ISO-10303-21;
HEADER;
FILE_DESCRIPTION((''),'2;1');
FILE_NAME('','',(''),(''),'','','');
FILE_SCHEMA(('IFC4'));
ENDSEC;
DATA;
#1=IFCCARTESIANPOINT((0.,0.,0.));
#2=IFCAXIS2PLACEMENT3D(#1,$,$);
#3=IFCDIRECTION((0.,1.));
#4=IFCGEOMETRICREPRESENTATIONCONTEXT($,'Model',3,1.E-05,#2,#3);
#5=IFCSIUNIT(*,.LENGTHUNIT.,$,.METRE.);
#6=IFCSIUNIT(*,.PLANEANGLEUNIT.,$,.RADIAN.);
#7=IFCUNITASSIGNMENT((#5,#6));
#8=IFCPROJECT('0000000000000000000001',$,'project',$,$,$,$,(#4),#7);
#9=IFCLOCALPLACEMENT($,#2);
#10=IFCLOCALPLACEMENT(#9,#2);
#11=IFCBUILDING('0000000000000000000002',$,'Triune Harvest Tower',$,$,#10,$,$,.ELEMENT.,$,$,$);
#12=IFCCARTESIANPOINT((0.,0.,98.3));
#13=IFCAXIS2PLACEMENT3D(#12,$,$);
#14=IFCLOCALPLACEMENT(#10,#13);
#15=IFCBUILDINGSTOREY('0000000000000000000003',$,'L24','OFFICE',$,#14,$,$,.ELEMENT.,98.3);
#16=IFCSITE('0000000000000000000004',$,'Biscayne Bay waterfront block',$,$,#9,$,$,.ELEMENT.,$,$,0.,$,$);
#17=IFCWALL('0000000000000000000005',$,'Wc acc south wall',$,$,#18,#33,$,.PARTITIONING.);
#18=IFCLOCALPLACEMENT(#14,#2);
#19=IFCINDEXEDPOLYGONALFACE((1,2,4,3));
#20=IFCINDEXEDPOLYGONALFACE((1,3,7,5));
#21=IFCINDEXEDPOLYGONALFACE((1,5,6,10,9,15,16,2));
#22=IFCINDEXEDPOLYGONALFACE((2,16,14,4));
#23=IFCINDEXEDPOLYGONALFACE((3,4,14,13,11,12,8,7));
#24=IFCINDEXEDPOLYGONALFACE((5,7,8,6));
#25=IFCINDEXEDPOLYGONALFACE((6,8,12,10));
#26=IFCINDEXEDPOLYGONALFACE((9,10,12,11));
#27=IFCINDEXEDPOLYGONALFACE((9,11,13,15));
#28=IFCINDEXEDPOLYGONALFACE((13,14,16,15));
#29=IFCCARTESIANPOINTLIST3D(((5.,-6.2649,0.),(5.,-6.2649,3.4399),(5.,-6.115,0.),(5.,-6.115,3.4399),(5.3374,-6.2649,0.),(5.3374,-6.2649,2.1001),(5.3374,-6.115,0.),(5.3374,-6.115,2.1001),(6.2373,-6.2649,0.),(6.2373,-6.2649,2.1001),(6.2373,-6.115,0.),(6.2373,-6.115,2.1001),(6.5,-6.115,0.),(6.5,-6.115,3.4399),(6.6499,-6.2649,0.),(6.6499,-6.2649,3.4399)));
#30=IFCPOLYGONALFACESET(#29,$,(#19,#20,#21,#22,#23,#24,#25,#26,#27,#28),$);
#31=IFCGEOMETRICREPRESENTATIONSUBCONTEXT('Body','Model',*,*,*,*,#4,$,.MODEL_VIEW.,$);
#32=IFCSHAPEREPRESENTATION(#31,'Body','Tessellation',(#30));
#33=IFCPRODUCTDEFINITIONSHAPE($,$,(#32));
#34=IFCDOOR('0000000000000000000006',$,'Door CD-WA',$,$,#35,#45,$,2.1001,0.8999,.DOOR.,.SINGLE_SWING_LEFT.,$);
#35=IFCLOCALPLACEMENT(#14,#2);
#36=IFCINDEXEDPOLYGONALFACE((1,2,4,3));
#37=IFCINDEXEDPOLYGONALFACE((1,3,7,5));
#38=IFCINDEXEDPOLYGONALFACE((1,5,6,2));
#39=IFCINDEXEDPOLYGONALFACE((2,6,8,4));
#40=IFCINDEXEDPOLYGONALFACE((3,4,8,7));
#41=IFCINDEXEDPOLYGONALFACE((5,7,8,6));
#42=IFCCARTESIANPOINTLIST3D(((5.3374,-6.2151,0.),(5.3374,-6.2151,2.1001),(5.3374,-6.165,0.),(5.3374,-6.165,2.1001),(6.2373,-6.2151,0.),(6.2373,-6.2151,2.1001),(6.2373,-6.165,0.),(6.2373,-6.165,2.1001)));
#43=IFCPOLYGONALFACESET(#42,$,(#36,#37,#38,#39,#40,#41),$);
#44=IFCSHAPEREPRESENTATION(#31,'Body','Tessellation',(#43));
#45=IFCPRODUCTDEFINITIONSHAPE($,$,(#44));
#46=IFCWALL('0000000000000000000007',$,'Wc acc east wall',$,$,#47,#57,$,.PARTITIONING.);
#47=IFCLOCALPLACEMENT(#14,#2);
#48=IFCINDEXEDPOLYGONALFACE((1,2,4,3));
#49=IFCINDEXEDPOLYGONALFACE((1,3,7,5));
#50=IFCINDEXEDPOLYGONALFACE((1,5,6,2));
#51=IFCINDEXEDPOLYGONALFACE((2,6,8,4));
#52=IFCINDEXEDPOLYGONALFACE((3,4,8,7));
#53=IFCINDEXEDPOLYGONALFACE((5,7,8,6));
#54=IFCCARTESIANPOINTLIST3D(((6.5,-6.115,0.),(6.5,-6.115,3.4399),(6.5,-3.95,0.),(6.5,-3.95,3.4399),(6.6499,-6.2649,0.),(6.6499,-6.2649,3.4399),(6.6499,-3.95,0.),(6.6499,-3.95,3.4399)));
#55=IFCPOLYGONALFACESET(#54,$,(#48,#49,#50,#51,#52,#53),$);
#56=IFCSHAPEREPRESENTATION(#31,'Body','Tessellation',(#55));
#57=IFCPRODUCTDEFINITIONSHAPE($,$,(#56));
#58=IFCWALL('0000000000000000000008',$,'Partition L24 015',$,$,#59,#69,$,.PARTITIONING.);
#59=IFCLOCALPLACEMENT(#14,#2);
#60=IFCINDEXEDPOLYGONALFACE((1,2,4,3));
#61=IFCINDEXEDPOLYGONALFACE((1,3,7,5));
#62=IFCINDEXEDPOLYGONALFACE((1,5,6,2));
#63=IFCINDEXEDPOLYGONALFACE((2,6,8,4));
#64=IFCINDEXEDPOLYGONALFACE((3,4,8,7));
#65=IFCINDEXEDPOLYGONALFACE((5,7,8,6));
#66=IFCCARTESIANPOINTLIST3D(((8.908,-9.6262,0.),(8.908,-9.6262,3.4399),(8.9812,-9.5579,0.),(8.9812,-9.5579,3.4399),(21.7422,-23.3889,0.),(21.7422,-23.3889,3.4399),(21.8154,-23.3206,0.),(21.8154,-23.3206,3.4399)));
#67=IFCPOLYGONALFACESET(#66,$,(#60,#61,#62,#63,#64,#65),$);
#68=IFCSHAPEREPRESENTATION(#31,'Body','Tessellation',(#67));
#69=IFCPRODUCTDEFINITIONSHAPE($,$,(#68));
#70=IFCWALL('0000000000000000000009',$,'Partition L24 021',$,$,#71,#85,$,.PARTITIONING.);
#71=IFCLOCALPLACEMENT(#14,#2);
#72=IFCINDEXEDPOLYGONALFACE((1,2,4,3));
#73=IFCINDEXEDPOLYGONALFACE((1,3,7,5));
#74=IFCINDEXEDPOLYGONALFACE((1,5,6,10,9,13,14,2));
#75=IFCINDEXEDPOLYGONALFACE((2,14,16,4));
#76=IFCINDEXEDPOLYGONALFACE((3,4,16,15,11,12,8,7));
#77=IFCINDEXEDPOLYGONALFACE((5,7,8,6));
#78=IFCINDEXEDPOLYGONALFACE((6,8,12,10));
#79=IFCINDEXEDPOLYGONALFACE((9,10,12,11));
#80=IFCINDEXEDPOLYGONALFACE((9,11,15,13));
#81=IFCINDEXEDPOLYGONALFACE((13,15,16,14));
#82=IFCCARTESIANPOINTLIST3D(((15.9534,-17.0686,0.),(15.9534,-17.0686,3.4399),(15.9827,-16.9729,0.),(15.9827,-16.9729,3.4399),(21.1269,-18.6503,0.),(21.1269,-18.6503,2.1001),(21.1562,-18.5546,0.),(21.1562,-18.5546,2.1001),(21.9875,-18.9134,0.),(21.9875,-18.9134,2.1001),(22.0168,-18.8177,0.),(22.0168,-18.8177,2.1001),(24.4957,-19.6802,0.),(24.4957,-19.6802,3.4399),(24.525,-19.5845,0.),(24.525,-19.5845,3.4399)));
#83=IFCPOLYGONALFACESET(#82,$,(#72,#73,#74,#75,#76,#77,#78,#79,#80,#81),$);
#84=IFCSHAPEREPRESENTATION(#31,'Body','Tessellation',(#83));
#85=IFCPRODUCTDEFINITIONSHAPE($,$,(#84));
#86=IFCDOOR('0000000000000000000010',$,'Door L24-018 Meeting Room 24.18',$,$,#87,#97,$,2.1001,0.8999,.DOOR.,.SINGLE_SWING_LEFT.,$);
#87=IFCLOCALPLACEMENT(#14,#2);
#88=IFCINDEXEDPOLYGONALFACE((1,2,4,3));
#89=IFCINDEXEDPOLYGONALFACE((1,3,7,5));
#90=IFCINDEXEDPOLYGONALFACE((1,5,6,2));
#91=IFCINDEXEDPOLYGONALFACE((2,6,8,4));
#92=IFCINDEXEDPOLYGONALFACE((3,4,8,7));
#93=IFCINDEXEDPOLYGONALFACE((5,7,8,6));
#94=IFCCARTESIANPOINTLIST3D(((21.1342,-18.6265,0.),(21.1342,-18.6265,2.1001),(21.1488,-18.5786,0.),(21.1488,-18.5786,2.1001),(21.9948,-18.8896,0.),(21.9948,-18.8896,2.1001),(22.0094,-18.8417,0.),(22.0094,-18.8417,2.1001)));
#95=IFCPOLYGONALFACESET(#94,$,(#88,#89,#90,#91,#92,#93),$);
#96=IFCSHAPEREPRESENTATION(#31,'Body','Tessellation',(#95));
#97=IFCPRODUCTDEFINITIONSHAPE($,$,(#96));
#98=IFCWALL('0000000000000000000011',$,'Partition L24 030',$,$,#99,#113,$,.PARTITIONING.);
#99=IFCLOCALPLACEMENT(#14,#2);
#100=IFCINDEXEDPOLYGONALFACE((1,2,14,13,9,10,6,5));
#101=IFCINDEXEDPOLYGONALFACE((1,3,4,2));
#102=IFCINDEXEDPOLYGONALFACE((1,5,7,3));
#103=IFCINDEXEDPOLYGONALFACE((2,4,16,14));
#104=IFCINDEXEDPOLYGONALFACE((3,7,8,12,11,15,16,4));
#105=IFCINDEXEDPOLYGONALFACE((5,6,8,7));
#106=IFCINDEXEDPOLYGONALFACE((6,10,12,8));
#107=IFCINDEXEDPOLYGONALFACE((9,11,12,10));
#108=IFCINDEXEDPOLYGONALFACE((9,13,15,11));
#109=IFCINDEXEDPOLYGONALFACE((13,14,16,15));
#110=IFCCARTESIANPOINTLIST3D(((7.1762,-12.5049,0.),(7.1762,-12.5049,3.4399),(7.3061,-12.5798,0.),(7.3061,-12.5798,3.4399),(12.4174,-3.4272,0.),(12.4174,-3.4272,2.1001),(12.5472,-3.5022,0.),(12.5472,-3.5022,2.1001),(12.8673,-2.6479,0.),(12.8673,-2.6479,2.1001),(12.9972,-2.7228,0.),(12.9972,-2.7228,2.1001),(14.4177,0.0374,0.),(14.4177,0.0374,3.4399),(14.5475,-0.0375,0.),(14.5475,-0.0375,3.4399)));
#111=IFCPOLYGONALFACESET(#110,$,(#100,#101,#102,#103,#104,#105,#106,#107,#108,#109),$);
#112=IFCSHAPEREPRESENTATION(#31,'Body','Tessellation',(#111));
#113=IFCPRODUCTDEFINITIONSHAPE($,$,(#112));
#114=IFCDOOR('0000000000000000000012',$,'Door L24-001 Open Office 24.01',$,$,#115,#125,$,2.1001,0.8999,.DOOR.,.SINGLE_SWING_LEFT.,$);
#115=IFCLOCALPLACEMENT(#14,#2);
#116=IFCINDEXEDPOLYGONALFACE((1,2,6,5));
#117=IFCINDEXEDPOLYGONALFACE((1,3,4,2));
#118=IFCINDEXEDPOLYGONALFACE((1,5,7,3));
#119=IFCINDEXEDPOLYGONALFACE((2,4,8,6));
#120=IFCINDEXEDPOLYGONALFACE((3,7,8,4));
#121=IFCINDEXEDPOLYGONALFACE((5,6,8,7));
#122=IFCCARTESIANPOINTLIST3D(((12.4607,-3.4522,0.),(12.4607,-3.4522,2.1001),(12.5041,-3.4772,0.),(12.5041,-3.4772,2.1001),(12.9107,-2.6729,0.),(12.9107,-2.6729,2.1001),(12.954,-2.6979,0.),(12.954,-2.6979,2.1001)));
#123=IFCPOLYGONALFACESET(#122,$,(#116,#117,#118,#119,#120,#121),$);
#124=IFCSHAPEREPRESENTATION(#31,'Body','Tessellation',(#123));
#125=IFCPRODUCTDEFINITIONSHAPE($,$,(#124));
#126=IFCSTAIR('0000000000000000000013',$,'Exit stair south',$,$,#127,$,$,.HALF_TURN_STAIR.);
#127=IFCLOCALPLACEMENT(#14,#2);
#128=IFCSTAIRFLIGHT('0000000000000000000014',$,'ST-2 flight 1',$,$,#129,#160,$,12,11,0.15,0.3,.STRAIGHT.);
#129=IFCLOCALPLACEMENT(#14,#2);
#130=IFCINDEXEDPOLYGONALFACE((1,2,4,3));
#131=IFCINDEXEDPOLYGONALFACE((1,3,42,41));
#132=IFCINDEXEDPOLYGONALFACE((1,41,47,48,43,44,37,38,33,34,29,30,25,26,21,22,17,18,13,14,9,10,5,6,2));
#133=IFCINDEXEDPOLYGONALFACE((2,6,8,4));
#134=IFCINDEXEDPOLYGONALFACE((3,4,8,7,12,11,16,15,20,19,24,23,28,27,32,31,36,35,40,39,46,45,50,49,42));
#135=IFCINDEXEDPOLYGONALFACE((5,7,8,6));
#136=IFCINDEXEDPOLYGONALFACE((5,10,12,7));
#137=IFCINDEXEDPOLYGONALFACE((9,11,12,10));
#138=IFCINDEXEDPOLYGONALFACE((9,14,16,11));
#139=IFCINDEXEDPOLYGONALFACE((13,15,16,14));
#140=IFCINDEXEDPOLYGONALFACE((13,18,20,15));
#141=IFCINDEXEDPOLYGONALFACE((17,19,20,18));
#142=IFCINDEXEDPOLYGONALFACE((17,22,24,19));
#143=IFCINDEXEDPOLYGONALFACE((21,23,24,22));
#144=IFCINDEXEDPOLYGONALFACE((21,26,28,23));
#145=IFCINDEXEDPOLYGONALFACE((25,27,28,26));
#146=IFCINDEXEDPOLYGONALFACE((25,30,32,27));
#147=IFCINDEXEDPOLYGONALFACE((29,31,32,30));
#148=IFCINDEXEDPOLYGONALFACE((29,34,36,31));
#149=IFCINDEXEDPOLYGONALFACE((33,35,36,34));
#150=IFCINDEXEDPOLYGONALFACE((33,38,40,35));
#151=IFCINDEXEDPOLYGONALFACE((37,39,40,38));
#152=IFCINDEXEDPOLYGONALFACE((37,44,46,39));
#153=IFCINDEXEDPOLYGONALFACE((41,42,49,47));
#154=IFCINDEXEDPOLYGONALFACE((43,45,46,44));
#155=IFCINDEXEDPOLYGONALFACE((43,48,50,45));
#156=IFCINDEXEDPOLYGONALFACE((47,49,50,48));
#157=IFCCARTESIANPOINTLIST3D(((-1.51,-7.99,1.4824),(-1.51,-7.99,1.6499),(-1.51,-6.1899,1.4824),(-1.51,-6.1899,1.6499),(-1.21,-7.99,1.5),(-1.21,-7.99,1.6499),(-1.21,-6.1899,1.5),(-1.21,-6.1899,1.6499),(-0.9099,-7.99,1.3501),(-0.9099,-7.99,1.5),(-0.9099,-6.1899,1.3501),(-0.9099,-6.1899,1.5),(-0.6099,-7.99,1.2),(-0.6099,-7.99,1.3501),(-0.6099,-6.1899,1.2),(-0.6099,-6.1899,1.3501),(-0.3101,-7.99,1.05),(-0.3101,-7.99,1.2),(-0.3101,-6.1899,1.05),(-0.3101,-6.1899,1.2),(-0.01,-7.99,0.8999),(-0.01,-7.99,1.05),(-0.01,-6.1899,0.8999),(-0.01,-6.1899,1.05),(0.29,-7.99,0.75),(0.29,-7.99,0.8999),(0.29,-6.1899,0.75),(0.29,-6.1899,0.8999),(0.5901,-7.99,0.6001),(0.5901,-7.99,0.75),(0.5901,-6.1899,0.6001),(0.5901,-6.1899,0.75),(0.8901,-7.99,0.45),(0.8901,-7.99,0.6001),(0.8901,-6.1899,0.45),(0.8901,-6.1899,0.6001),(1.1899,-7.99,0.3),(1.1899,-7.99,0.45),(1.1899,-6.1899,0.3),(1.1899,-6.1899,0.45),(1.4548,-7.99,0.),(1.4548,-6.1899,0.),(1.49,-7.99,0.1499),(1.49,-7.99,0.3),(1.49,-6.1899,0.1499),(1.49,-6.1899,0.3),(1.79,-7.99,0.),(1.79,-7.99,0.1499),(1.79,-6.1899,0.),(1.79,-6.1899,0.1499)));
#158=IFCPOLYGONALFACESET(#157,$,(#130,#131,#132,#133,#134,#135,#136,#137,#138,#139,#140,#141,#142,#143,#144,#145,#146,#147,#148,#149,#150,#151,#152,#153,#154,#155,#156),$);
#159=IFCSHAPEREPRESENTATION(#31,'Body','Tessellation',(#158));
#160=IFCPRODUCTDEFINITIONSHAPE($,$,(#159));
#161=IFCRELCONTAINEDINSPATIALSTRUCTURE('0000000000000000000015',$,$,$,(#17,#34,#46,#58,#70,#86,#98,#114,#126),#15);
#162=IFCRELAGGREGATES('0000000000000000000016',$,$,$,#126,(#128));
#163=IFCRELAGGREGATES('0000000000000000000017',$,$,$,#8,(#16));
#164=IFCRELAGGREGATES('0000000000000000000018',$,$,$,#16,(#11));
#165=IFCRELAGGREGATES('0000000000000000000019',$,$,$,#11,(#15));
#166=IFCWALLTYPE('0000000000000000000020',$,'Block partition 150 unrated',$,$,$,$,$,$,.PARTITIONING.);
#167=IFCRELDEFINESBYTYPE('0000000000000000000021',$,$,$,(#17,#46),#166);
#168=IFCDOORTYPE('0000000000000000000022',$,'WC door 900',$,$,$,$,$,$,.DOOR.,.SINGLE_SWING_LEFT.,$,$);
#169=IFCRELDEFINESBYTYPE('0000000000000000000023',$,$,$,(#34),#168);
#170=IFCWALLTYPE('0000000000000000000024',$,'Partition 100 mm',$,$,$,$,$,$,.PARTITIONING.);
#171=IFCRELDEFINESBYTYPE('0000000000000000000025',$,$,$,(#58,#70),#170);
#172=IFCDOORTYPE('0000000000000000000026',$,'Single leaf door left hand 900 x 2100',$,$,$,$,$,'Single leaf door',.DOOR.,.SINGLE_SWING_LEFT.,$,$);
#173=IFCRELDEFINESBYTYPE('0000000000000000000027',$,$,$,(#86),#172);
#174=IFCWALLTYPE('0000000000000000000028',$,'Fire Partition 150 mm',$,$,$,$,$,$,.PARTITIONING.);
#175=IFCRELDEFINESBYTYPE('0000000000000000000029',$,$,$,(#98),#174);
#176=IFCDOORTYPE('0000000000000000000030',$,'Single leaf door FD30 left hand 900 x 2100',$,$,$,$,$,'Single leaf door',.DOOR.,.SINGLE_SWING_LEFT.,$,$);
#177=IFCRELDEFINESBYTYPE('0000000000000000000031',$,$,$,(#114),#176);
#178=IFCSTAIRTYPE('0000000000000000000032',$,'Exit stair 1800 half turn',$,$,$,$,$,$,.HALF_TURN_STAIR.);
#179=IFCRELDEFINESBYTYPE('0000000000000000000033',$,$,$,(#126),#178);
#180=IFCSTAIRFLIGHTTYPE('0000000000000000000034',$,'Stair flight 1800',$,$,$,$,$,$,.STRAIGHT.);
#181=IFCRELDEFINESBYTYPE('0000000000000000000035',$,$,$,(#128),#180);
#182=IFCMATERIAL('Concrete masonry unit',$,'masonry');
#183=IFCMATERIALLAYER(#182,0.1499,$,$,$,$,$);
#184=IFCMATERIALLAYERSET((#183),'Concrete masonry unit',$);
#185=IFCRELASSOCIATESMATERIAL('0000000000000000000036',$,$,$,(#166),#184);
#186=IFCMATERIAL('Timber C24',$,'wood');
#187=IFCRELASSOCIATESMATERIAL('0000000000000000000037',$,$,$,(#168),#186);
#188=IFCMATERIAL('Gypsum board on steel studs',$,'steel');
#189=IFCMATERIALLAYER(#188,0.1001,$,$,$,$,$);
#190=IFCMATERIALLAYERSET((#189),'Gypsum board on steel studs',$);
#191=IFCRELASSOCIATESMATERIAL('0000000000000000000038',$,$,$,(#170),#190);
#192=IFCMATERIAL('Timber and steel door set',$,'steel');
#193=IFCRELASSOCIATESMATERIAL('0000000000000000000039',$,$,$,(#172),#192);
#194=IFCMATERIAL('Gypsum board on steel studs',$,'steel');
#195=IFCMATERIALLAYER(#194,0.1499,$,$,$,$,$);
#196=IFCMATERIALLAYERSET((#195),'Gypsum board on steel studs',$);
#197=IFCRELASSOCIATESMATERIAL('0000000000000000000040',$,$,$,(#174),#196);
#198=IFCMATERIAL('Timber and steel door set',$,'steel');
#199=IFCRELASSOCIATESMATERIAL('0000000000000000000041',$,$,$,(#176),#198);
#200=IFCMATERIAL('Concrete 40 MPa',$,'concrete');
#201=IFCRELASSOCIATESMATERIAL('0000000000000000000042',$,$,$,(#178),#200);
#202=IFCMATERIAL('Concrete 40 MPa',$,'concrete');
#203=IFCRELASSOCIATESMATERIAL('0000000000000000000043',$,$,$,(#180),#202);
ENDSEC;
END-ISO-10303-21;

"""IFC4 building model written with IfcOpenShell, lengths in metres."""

from ifc_helpers import new_model, si_unit, direction, frame, frame_2d, origin, place, context, subcontext, project, spatial, polyline, rectangle, outline, extrude, source, transform, mapped, material, layer, layer_set, type_object, element, fill, aggregate, save


model = new_model("IFC4")

# Units and contexts
model_context = context("Model", 3, precision=1e-05, world=origin(), true_north=direction((0.0, 1.0)))
body_context = subcontext(model_context, "Body", "Model", "MODEL_VIEW")
ifc_project = project(units=[si_unit("LENGTHUNIT", "METRE"), si_unit("PLANEANGLEUNIT", "RADIAN")], contexts=[model_context])

# Site, building, storey
site_placement = place(None, origin())
site = spatial("IfcSite", under=ifc_project, at=site_placement, Name="Biscayne Bay waterfront block", CompositionType="ELEMENT", RefElevation=0.0)
building_placement = place(site_placement, origin())
building = spatial("IfcBuilding", under=site, at=building_placement, Name="Triune Harvest Tower", CompositionType="ELEMENT")
storey_placement = place(building_placement, frame((0.0, 0.0, 98.3)))
storey = spatial("IfcBuildingStorey", under=building, at=storey_placement, Name="L24", Description="OFFICE", CompositionType="ELEMENT", Elevation=98.3)

# Wall, opening, door
ifc_material_1 = material(Name="Concrete masonry unit", Category="masonry")
ifc_layer_1 = layer(ifc_material_1, 0.1499)
ifc_layer_set_1 = layer_set([ifc_layer_1], Name="Concrete masonry unit")
wall_type_1 = type_object("IfcWallType", Name="Block partition 150 unrated", PredefinedType="PARTITIONING", material=ifc_layer_set_1)
shared_shape_1 = source(origin(), body_context, "Body", "SweptSolid", [
    extrude(outline(polyline([(0.0, -0.075), (1.6499, -0.075), (1.5, 0.075), (0.0, 0.075), (0.0, -0.075)])), origin(), (0.0, 0.0, 1.0), 3.4399),
])
wall_1_placement = place(storey_placement, frame((5.0, -6.1899, 0.0), z_axis=(0.0, 0.0, 1.0), x_axis=(1.0, 0.0, 0.0)))
wall_1 = element("IfcWall", 1, at=wall_1_placement, inside=storey, type_object=wall_type_1, Name="Wc acc south wall", PredefinedType="PARTITIONING", context=body_context, shape_type="MappedRepresentation", body=[
    mapped(shared_shape_1, transform((0.0, 0.0, 0.0), scale=1.0)),
])
opening_1_placement = place(wall_1_placement, frame((0.3374, 0.0, 0.0)))
opening_1 = element("IfcOpeningElement", 2, at=opening_1_placement, cuts=wall_1, PredefinedType="OPENING", context=body_context, shape_type="SweptSolid", body=[
    extrude(rectangle(XDim=0.8999, YDim=2.1001, at=frame_2d((0.45, 1.05))), frame((0.0, 0.085, 0.0), z_axis=(0.0, -1.0, 0.0), x_axis=(1.0, 0.0, 0.0)), (0.0, 0.0, 1.0), 0.1699),
])
ifc_material_2 = material(Name="Timber C24", Category="wood")
door_type_1 = type_object("IfcDoorType", Name="WC door 900", OperationType="SINGLE_SWING_LEFT", PredefinedType="DOOR", material=ifc_material_2)
door_1_placement = place(opening_1_placement, origin())
door_1 = element("IfcDoor", 3, at=door_1_placement, inside=storey, type_object=door_type_1, Name="Door CD-WA", OperationType="SINGLE_SWING_LEFT", OverallHeight=2.1001, OverallWidth=0.8999, PredefinedType="DOOR", context=body_context, shape_type="SweptSolid", body=[
    extrude(rectangle(XDim=0.8999, YDim=2.1001, at=frame_2d((0.45, 1.05))), frame((0.0, 0.0249, 0.0), z_axis=(0.0, -1.0, 0.0), x_axis=(1.0, 0.0, 0.0)), (0.0, 0.0, 1.0), 0.05),
])
fill(opening_1, door_1)

# Walls
shared_shape_2 = source(origin(), body_context, "Body", "SweptSolid", [
    extrude(outline(polyline([(-0.075, -0.075), (2.24, -0.075), (2.24, 0.075), (0.075, 0.075), (-0.075, -0.075)])), origin(), (0.0, 0.0, 1.0), 3.4399),
])
wall_2_placement = place(storey_placement, frame((6.575, -6.1899, 0.0), z_axis=(0.0, 0.0, 1.0), x_axis=(0.0, 1.0, 0.0)))
element("IfcWall", 4, at=wall_2_placement, inside=storey, type_object=wall_type_1, Name="Wc acc east wall", PredefinedType="PARTITIONING", context=body_context, shape_type="MappedRepresentation", body=[
    mapped(shared_shape_2, transform((0.0, 0.0, 0.0), scale=1.0)),
])
ifc_material_3 = material(Name="Gypsum board on steel studs", Category="steel")
ifc_layer_2 = layer(ifc_material_3, 0.1001)
ifc_layer_set_2 = layer_set([ifc_layer_2], Name="Gypsum board on steel studs")
wall_type_2 = type_object("IfcWallType", Name="Partition 100 mm", PredefinedType="PARTITIONING", material=ifc_layer_set_2)
shared_shape_3 = source(origin(), body_context, "Body", "SweptSolid", [
    extrude(rectangle(XDim=18.8184, YDim=0.1001, at=frame_2d((9.4092, 0.0))), origin(), (0.0, 0.0, 1.0), 3.4399),
])
wall_3_placement = place(storey_placement, frame((8.9446, -9.592, 0.0), z_axis=(0.0, 0.0, 1.0), x_axis=(0.682007, -0.731346, 0.0)))
element("IfcWall", 5, at=wall_3_placement, inside=storey, type_object=wall_type_2, Name="Partition L24 015", PredefinedType="PARTITIONING", context=body_context, shape_type="MappedRepresentation", body=[
    mapped(shared_shape_3, transform((0.0, 0.0, 0.0), scale=1.0)),
])

# Walls, openings, doors
shared_shape_4 = source(origin(), body_context, "Body", "SweptSolid", [
    extrude(rectangle(XDim=8.9326, YDim=0.1001, at=frame_2d((4.4663, 0.0))), origin(), (0.0, 0.0, 1.0), 3.4399),
])
wall_4_placement = place(storey_placement, frame((15.968, -17.0208, 0.0), z_axis=(0.0, 0.0, 1.0), x_axis=(0.956306, -0.292366, 0.0)))
wall_4 = element("IfcWall", 6, at=wall_4_placement, inside=storey, type_object=wall_type_2, Name="Partition L24 021", PredefinedType="PARTITIONING", context=body_context, shape_type="MappedRepresentation", body=[
    mapped(shared_shape_4, transform((0.0, 0.0, 0.0), scale=1.0)),
])
opening_2_placement = place(wall_4_placement, frame((5.4099, 0.0, 0.0)))
opening_2 = element("IfcOpeningElement", 7, at=opening_2_placement, cuts=wall_4, PredefinedType="OPENING", context=body_context, shape_type="SweptSolid", body=[
    extrude(rectangle(XDim=0.8999, YDim=2.1001, at=frame_2d((0.45, 1.05))), frame((0.0, 0.0601, 0.0), z_axis=(0.0, -1.0, 0.0), x_axis=(1.0, 0.0, 0.0)), (0.0, 0.0, 1.0), 0.1201),
])
ifc_material_4 = material(Name="Timber and steel door set", Category="steel")
door_type_2 = type_object("IfcDoorType", Name="Single leaf door left hand 900 x 2100", ElementType="Single leaf door", OperationType="SINGLE_SWING_LEFT", PredefinedType="DOOR", material=ifc_material_4)
door_2_placement = place(opening_2_placement, origin())
door_2 = element("IfcDoor", 8, at=door_2_placement, inside=storey, type_object=door_type_2, Name="Door L24-018 Meeting Room 24.18", OperationType="SINGLE_SWING_LEFT", OverallHeight=2.1001, OverallWidth=0.8999, PredefinedType="DOOR", context=body_context, shape_type="SweptSolid", body=[
    extrude(rectangle(XDim=0.8999, YDim=2.1001, at=frame_2d((0.45, 1.05))), frame((0.0, 0.0249, 0.0), z_axis=(0.0, -1.0, 0.0), x_axis=(1.0, 0.0, 0.0)), (0.0, 0.0, 1.0), 0.05),
])
fill(opening_2, door_2)
ifc_material_5 = material(Name="Gypsum board on steel studs", Category="steel")
ifc_layer_3 = layer(ifc_material_5, 0.1499)
ifc_layer_set_3 = layer_set([ifc_layer_3], Name="Gypsum board on steel studs")
wall_type_3 = type_object("IfcWallType", Name="Fire Partition 150 mm", PredefinedType="PARTITIONING", material=ifc_layer_set_3)
shared_shape_5 = source(origin(), body_context, "Body", "SweptSolid", [
    extrude(rectangle(XDim=14.4827, YDim=0.1499, at=frame_2d((7.2412, 0.0))), origin(), (0.0, 0.0, 1.0), 3.4399),
])
wall_5_placement = place(storey_placement, frame((7.2412, -12.5422, 0.0), z_axis=(0.0, 0.0, 1.0), x_axis=(0.50001, 0.86602, 0.0)))
wall_5 = element("IfcWall", 9, at=wall_5_placement, inside=storey, type_object=wall_type_3, Name="Partition L24 030", PredefinedType="PARTITIONING", context=body_context, shape_type="MappedRepresentation", body=[
    mapped(shared_shape_5, transform((0.0, 0.0, 0.0), scale=1.0)),
])
opening_3_placement = place(wall_5_placement, frame((10.4819, 0.0, 0.0)))
opening_3 = element("IfcOpeningElement", 10, at=opening_3_placement, cuts=wall_5, PredefinedType="OPENING", context=body_context, shape_type="SweptSolid", body=[
    extrude(rectangle(XDim=0.8999, YDim=2.1001, at=frame_2d((0.45, 1.05))), frame((0.0, 0.085, 0.0), z_axis=(0.0, -1.0, 0.0), x_axis=(1.0, 0.0, 0.0)), (0.0, 0.0, 1.0), 0.1699),
])
ifc_material_6 = material(Name="Timber and steel door set", Category="steel")
door_type_3 = type_object("IfcDoorType", Name="Single leaf door FD30 left hand 900 x 2100", ElementType="Single leaf door", OperationType="SINGLE_SWING_LEFT", PredefinedType="DOOR", material=ifc_material_6)
door_3_placement = place(opening_3_placement, origin())
door_3 = element("IfcDoor", 11, at=door_3_placement, inside=storey, type_object=door_type_3, Name="Door L24-001 Open Office 24.01", OperationType="SINGLE_SWING_LEFT", OverallHeight=2.1001, OverallWidth=0.8999, PredefinedType="DOOR", context=body_context, shape_type="SweptSolid", body=[
    extrude(rectangle(XDim=0.8999, YDim=2.1001, at=frame_2d((0.45, 1.05))), frame((0.0, 0.0249, 0.0), z_axis=(0.0, -1.0, 0.0), x_axis=(1.0, 0.0, 0.0)), (0.0, 0.0, 1.0), 0.05),
])
fill(opening_3, door_3)

# Stair, stair flight
ifc_material_7 = material(Name="Concrete 40 MPa", Category="concrete")
stair_type = type_object("IfcStairType", Name="Exit stair 1800 half turn", PredefinedType="HALF_TURN_STAIR", material=ifc_material_7)
stair_1_placement = place(storey_placement, origin())
stair_1 = element("IfcStair", 12, at=stair_1_placement, inside=storey, type_object=stair_type, Name="Exit stair south", PredefinedType="HALF_TURN_STAIR")
ifc_material_8 = material(Name="Concrete 40 MPa", Category="concrete")
stair_flight_type = type_object("IfcStairFlightType", Name="Stair flight 1800", PredefinedType="STRAIGHT", material=ifc_material_8)
shared_shape_6 = source(origin(), body_context, "Body", "SweptSolid", [
    extrude(outline(polyline([(0.0, 0.0), (0.0, 0.1499), (0.3, 0.1499), (0.3, 0.3), (0.6001, 0.3), (0.6001, 0.45), (0.8999, 0.45), (0.8999, 0.6001), (1.2, 0.6001), (1.2, 0.75), (1.5, 0.75), (1.5, 0.8999), (1.8, 0.8999), (1.8, 1.05), (2.1001, 1.05), (2.1001, 1.2), (2.3999, 1.2), (2.3999, 1.3501), (2.7, 1.3501), (2.7, 1.5), (3.0, 1.5), (3.0, 1.6499), (3.3, 1.6499), (3.3, 1.8), (3.3, 1.4824), (0.3352, 0.0), (0.0, 0.0)])), frame((0.0, 0.8999, 0.0), z_axis=(0.0, -1.0, 0.0), x_axis=(1.0, 0.0, 0.0)), (0.0, 0.0, 1.0), 1.8),
])
stair_flight_1_placement = place(storey_placement, frame((1.79, -7.0901, 0.0), z_axis=(0.0, 0.0, 1.0), x_axis=(-1.0, 0.0, 0.0)))
stair_flight_1 = element("IfcStairFlight", 13, at=stair_flight_1_placement, type_object=stair_flight_type, Name="ST-2 flight 1", NumberOfRisers=12, NumberOfTreads=11, PredefinedType="STRAIGHT", RiserHeight=0.15, TreadLength=0.3, context=body_context, shape_type="MappedRepresentation", body=[
    mapped(shared_shape_6, transform((0.0, 0.0, 0.0), scale=1.0)),
])
aggregate(stair_1, [stair_flight_1])

save(model, "model.ifc")
